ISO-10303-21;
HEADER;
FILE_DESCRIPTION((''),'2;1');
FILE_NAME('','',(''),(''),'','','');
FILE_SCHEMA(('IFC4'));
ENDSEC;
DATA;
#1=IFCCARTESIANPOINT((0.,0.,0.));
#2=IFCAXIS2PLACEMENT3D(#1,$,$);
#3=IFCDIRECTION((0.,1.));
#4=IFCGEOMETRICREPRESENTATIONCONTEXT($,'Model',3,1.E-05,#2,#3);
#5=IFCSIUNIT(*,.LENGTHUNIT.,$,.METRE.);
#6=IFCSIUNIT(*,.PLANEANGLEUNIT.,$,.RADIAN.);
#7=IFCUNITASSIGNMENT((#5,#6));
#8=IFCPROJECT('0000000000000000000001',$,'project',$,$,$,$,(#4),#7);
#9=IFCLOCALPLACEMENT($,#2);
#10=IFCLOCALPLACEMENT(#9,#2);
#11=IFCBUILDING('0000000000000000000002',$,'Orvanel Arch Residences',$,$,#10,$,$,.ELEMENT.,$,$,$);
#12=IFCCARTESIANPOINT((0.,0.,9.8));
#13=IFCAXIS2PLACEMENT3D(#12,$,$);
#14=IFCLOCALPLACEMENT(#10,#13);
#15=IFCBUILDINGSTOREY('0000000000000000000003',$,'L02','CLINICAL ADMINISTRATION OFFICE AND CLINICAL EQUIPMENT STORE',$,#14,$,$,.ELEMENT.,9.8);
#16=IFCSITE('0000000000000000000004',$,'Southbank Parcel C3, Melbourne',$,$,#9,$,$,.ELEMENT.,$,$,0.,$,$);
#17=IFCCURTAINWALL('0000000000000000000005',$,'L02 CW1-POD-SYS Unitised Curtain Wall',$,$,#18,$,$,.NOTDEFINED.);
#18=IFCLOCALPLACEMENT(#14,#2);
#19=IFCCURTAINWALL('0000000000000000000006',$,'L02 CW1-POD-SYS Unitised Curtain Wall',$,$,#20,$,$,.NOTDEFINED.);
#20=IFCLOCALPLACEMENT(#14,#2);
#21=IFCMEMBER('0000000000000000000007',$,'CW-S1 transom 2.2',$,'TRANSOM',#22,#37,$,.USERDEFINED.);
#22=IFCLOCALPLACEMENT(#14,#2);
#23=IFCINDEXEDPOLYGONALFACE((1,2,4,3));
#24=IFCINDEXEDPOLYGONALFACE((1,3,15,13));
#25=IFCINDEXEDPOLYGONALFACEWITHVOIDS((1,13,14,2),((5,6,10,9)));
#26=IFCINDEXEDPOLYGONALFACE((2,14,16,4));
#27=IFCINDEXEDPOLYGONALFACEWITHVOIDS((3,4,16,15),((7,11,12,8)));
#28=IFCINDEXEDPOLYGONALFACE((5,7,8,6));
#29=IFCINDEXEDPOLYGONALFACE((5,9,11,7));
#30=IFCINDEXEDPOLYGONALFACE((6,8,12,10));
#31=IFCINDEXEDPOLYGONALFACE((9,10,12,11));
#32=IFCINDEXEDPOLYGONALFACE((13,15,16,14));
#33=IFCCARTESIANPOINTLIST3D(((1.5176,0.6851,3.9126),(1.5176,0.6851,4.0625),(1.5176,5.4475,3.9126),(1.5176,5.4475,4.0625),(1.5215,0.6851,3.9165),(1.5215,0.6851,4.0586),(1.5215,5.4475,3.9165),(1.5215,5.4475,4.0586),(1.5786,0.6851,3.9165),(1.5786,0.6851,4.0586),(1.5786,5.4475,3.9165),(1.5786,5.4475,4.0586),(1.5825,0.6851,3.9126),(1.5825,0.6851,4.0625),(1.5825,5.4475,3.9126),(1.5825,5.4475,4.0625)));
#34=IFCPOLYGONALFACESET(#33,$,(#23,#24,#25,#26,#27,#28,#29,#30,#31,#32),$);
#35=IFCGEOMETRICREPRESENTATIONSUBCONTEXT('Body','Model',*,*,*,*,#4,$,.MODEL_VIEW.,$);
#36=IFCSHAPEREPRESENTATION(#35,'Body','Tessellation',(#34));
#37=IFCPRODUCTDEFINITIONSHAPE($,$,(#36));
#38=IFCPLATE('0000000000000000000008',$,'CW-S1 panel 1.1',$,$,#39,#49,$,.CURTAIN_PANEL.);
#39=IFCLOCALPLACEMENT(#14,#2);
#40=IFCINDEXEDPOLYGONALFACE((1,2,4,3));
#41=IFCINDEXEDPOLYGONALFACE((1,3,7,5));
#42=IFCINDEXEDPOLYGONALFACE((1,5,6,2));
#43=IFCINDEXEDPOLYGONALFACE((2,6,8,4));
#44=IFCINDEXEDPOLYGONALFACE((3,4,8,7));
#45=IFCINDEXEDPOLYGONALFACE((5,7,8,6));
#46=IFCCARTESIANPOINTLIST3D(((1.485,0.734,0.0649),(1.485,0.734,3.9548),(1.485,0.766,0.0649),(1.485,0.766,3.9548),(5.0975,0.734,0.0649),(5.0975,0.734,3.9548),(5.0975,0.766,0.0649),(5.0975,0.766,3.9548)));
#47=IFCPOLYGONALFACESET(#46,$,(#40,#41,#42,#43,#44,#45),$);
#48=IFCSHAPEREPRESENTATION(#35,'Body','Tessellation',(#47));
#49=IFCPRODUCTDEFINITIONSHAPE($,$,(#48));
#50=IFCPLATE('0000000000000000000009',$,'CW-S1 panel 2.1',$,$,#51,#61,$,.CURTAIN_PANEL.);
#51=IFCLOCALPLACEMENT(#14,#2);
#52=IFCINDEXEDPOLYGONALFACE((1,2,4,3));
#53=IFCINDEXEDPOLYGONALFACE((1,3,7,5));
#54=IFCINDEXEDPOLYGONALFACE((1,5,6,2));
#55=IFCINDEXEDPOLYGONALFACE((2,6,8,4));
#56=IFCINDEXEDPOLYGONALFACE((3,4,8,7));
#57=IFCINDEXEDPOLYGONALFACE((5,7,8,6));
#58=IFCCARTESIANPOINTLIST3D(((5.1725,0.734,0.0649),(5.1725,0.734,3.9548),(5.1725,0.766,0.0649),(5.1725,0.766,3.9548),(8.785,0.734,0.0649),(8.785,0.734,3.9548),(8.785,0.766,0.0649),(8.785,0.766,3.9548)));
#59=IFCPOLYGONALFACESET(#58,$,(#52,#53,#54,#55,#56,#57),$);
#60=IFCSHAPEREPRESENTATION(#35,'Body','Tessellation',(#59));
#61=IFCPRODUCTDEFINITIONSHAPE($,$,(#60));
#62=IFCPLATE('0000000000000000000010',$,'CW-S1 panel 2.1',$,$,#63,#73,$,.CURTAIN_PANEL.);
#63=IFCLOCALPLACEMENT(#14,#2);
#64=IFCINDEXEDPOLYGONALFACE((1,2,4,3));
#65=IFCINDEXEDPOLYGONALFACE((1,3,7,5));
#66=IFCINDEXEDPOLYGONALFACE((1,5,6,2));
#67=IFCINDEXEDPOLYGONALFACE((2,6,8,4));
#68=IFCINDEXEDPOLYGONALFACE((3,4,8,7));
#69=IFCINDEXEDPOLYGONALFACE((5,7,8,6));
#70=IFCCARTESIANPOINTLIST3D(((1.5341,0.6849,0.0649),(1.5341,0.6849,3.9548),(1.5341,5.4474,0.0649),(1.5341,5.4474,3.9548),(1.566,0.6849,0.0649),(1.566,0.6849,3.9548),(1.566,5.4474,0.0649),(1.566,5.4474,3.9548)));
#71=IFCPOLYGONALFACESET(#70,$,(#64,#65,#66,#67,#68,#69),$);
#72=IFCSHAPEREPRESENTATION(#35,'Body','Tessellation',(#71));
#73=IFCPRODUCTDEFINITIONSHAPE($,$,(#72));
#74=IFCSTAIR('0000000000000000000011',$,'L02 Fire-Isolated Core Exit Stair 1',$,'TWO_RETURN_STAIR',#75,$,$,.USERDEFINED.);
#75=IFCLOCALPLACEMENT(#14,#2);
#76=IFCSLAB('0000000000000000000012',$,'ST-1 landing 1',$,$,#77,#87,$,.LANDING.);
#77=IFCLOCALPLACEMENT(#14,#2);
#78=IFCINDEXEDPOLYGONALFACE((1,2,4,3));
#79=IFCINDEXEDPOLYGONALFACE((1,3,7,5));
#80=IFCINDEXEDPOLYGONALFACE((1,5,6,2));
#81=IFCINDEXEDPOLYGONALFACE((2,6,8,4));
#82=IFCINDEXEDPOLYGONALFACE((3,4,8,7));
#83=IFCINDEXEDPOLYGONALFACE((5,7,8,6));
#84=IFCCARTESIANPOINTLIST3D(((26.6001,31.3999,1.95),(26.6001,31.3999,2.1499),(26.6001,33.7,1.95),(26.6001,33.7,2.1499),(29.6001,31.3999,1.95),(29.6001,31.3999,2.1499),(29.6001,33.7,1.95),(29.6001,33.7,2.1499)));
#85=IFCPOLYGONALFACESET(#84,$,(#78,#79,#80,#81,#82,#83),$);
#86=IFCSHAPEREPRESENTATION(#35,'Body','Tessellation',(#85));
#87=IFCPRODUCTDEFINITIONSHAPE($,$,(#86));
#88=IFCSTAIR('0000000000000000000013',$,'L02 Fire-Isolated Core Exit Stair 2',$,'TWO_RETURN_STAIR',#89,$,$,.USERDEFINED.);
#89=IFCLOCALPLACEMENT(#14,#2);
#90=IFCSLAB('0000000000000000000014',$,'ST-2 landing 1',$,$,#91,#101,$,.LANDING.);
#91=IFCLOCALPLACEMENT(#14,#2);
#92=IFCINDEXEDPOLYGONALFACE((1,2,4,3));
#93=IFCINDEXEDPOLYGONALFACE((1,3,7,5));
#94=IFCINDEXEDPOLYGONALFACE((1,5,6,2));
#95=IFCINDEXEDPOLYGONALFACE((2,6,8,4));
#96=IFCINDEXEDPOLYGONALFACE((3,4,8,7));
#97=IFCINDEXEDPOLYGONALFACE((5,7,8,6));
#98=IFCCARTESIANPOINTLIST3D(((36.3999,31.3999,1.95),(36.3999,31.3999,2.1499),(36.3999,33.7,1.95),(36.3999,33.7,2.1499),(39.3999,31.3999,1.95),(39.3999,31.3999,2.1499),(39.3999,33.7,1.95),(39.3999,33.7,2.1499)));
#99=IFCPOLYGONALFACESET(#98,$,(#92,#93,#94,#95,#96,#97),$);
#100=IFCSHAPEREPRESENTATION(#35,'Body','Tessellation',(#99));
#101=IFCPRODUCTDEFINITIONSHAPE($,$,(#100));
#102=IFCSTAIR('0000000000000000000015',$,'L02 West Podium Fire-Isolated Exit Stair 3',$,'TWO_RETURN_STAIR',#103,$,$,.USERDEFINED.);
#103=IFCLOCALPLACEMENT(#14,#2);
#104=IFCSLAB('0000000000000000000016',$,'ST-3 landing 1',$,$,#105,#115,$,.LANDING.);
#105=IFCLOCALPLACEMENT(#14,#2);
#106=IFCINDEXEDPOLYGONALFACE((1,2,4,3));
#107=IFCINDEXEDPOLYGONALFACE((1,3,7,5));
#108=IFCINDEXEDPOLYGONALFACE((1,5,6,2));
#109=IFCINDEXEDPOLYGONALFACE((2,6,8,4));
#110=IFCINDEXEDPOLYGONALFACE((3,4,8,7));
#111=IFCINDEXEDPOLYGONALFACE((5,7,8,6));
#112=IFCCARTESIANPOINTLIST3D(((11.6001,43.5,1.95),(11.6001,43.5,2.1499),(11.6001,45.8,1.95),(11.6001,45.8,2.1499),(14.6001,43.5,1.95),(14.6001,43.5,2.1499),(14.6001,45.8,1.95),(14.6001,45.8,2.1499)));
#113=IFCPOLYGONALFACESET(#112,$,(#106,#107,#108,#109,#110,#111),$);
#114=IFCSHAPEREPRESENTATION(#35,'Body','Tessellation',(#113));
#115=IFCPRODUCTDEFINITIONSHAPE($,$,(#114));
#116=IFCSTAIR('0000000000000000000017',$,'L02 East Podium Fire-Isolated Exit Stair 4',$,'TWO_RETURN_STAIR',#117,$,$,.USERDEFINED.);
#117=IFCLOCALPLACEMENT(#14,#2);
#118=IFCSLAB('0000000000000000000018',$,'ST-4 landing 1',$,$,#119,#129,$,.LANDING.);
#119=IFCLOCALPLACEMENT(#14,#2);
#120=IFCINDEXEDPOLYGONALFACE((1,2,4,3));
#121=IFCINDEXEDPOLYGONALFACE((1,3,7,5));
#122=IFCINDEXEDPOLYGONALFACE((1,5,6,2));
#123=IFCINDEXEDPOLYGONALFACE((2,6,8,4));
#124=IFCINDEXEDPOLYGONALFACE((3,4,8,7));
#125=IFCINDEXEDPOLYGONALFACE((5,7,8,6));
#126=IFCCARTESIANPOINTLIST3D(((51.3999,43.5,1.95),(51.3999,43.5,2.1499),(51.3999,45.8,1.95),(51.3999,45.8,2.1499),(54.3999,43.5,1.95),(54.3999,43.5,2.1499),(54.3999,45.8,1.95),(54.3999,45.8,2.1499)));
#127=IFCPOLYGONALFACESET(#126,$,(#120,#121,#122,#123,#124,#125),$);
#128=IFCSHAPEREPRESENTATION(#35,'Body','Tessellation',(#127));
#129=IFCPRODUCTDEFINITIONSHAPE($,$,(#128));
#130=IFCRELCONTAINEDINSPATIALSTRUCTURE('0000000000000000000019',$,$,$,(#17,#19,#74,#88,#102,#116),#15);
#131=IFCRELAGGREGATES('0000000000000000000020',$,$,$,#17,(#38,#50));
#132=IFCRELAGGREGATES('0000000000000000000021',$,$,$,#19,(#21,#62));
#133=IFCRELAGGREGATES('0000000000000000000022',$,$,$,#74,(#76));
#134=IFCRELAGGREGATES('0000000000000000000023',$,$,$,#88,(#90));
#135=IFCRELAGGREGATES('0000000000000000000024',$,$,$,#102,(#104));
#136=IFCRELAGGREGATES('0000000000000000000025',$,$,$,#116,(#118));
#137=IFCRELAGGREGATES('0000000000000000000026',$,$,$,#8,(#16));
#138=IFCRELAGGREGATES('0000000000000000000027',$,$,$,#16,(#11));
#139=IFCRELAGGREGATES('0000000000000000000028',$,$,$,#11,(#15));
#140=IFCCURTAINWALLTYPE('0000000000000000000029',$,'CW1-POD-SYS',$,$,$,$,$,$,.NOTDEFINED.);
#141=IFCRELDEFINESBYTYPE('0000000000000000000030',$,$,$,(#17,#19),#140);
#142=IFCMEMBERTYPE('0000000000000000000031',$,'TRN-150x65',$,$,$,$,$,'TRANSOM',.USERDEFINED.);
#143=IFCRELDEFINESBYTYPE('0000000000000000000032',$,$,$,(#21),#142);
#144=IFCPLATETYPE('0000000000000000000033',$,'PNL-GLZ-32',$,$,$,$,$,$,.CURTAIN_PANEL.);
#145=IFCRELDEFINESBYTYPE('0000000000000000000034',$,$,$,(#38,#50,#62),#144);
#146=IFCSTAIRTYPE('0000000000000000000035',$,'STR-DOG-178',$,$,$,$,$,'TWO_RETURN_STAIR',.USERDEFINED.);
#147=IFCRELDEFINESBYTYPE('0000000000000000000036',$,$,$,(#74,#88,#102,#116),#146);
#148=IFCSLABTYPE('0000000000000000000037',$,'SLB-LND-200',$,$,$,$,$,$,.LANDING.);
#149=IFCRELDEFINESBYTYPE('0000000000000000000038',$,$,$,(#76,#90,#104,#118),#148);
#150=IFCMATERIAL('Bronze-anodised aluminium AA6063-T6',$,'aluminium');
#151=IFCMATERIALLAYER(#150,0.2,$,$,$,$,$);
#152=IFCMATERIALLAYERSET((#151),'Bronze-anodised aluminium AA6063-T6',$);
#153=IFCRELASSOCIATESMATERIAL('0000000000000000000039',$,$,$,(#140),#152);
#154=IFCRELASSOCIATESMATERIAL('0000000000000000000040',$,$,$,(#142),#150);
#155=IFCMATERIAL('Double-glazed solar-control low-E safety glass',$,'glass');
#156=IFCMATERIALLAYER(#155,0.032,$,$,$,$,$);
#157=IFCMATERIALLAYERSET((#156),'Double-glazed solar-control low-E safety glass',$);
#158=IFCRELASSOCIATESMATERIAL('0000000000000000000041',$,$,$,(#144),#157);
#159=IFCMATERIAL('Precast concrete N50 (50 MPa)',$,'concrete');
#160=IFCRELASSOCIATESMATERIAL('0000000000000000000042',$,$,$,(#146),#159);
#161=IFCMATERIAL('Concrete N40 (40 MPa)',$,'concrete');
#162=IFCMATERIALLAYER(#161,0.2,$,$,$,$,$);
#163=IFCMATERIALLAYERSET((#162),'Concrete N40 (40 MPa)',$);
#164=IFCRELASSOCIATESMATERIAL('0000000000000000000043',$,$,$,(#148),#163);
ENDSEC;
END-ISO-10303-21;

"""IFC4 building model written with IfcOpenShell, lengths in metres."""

from ifc_helpers import new_model, si_unit, direction, frame, origin, origin_2d, place, context, subcontext, project, spatial, polyline, rectangle, hollow_rectangle, outline, extrude, material, layer, layer_set, material_profile, profile_set, type_object, element, aggregate, save


model = new_model("IFC4")

# Units and contexts
model_context = context("Model", 3, precision=1e-05, world=origin(), true_north=direction((0.0, 1.0)))
body_context = subcontext(model_context, "Body", "Model", "MODEL_VIEW")
ifc_project = project(units=[si_unit("LENGTHUNIT", "METRE"), si_unit("PLANEANGLEUNIT", "RADIAN")], contexts=[model_context])

# Site, building, storey
site_placement = place(None, origin())
site = spatial("IfcSite", under=ifc_project, at=site_placement, Name="Southbank Parcel C3, Melbourne", CompositionType="ELEMENT", RefElevation=0.0)
building_placement = place(site_placement, origin())
building = spatial("IfcBuilding", under=site, at=building_placement, Name="Orvanel Arch Residences", CompositionType="ELEMENT")
storey_placement = place(building_placement, frame((0.0, 0.0, 9.8)))
storey = spatial("IfcBuildingStorey", under=building, at=storey_placement, Name="L02", Description="CLINICAL ADMINISTRATION OFFICE AND CLINICAL EQUIPMENT STORE", CompositionType="ELEMENT", Elevation=9.8)

# Curtain walls
ifc_material_1 = material(Name="Bronze-anodised aluminium AA6063-T6", Category="aluminium")
ifc_layer_1 = layer(ifc_material_1, 0.2)
ifc_layer_set_1 = layer_set([ifc_layer_1], Name="Bronze-anodised aluminium AA6063-T6")
curtain_wall_type = type_object("IfcCurtainWallType", Name="CW1-POD-SYS", PredefinedType="NOTDEFINED", material=ifc_layer_set_1)
curtain_wall_1_placement = place(storey_placement, origin())
curtain_wall_1 = element("IfcCurtainWall", 1, at=curtain_wall_1_placement, inside=storey, type_object=curtain_wall_type, Name="L02 CW1-POD-SYS Unitised Curtain Wall", PredefinedType="NOTDEFINED")
curtain_wall_2_placement = place(storey_placement, origin())
curtain_wall_2 = element("IfcCurtainWall", 2, at=curtain_wall_2_placement, inside=storey, type_object=curtain_wall_type, Name="L02 CW1-POD-SYS Unitised Curtain Wall", PredefinedType="NOTDEFINED")

# Member
ifc_material_profile_1 = material_profile(ifc_material_1, hollow_rectangle(XDim=0.0649, YDim=0.1499, WallThickness=0.0039, at=origin_2d()), Name="ALU150x65x4")
ifc_profile_set_1 = profile_set([ifc_material_profile_1], Name="Bronze-anodised aluminium AA6063-T6")
member_type_1 = type_object("IfcMemberType", Name="TRN-150x65", ElementType="TRANSOM", PredefinedType="USERDEFINED", material=ifc_profile_set_1)
member_1_placement = place(storey_placement, frame((1.55, 5.4475, 3.9875), z_axis=(0.0, -1.0, 0.0), x_axis=(1.0, 0.0, 0.0)))
member_1 = element("IfcMember", 3, at=member_1_placement, type_object=member_type_1, Name="CW-S1 transom 2.2", ObjectType="TRANSOM", PredefinedType="USERDEFINED", context=body_context, shape_type="SweptSolid", body=[
    extrude(hollow_rectangle(XDim=0.0649, YDim=0.1499, WallThickness=0.0039, at=origin_2d()), origin(), (0.0, 0.0, 1.0), 4.7625),
])

# Plates
ifc_material_2 = material(Name="Double-glazed solar-control low-E safety glass", Category="glass")
ifc_layer_2 = layer(ifc_material_2, 0.032)
ifc_layer_set_2 = layer_set([ifc_layer_2], Name="Double-glazed solar-control low-E safety glass")
plate_type = type_object("IfcPlateType", Name="PNL-GLZ-32", PredefinedType="CURTAIN_PANEL", material=ifc_layer_set_2)
plate_1_placement = place(storey_placement, frame((3.2913, 0.75, 0.0649), z_axis=(0.0, 0.0, 1.0), x_axis=(1.0, 0.0, 0.0)))
plate_1 = element("IfcPlate", 4, at=plate_1_placement, type_object=plate_type, Name="CW-S1 panel 1.1", PredefinedType="CURTAIN_PANEL", context=body_context, shape_type="SweptSolid", body=[
    extrude(rectangle(XDim=3.6125, YDim=0.032, at=origin_2d()), origin(), (0.0, 0.0, 1.0), 3.8899),
])
plate_2_placement = place(storey_placement, frame((6.9788, 0.75, 0.0649), z_axis=(0.0, 0.0, 1.0), x_axis=(1.0, 0.0, 0.0)))
plate_2 = element("IfcPlate", 5, at=plate_2_placement, type_object=plate_type, Name="CW-S1 panel 2.1", PredefinedType="CURTAIN_PANEL", context=body_context, shape_type="SweptSolid", body=[
    extrude(rectangle(XDim=3.6125, YDim=0.032, at=origin_2d()), origin(), (0.0, 0.0, 1.0), 3.8899),
])
aggregate(curtain_wall_1, [plate_1, plate_2])
plate_3_placement = place(storey_placement, frame((1.55, 3.0662, 0.0649), z_axis=(0.0, 0.0, 1.0), x_axis=(0.0, -1.0, 0.0)))
plate_3 = element("IfcPlate", 6, at=plate_3_placement, type_object=plate_type, Name="CW-S1 panel 2.1", PredefinedType="CURTAIN_PANEL", context=body_context, shape_type="SweptSolid", body=[
    extrude(rectangle(XDim=4.7625, YDim=0.032, at=origin_2d()), origin(), (0.0, 0.0, 1.0), 3.8899),
])
aggregate(curtain_wall_2, [member_1, plate_3])

# Stairs, slabs
ifc_material_3 = material(Name="Precast concrete N50 (50 MPa)", Category="concrete")
stair_type = type_object("IfcStairType", Name="STR-DOG-178", ElementType="TWO_RETURN_STAIR", PredefinedType="USERDEFINED", material=ifc_material_3)
stair_1_placement = place(storey_placement, origin())
stair_1 = element("IfcStair", 7, at=stair_1_placement, inside=storey, type_object=stair_type, Name="L02 Fire-Isolated Core Exit Stair 1", ObjectType="TWO_RETURN_STAIR", PredefinedType="USERDEFINED")
ifc_material_4 = material(Name="Concrete N40 (40 MPa)", Category="concrete")
ifc_layer_3 = layer(ifc_material_4, 0.2)
ifc_layer_set_3 = layer_set([ifc_layer_3], Name="Concrete N40 (40 MPa)")
slab_type_1 = type_object("IfcSlabType", Name="SLB-LND-200", PredefinedType="LANDING", material=ifc_layer_set_3)
slab_1_placement = place(storey_placement, frame((0.0, 0.0, 1.95)))
slab_1 = element("IfcSlab", 8, at=slab_1_placement, type_object=slab_type_1, Name="ST-1 landing 1", PredefinedType="LANDING", context=body_context, shape_type="SweptSolid", body=[
    extrude(outline(polyline([(29.6001, 31.3999), (29.6001, 33.7), (26.6001, 33.7), (26.6001, 31.3999), (29.6001, 31.3999)])), origin(), (0.0, 0.0, 1.0), 0.2),
])
aggregate(stair_1, [slab_1])
stair_2_placement = place(storey_placement, origin())
stair_2 = element("IfcStair", 9, at=stair_2_placement, inside=storey, type_object=stair_type, Name="L02 Fire-Isolated Core Exit Stair 2", ObjectType="TWO_RETURN_STAIR", PredefinedType="USERDEFINED")
slab_2_placement = place(storey_placement, frame((0.0, 0.0, 1.95)))
slab_2 = element("IfcSlab", 10, at=slab_2_placement, type_object=slab_type_1, Name="ST-2 landing 1", PredefinedType="LANDING", context=body_context, shape_type="SweptSolid", body=[
    extrude(outline(polyline([(39.3999, 31.3999), (39.3999, 33.7), (36.3999, 33.7), (36.3999, 31.3999), (39.3999, 31.3999)])), origin(), (0.0, 0.0, 1.0), 0.2),
])
aggregate(stair_2, [slab_2])
stair_3_placement = place(storey_placement, origin())
stair_3 = element("IfcStair", 11, at=stair_3_placement, inside=storey, type_object=stair_type, Name="L02 West Podium Fire-Isolated Exit Stair 3", ObjectType="TWO_RETURN_STAIR", PredefinedType="USERDEFINED")
slab_3_placement = place(storey_placement, frame((0.0, 0.0, 1.95)))
slab_3 = element("IfcSlab", 12, at=slab_3_placement, type_object=slab_type_1, Name="ST-3 landing 1", PredefinedType="LANDING", context=body_context, shape_type="SweptSolid", body=[
    extrude(outline(polyline([(14.6001, 43.5), (14.6001, 45.8), (11.6001, 45.8), (11.6001, 43.5), (14.6001, 43.5)])), origin(), (0.0, 0.0, 1.0), 0.2),
])
aggregate(stair_3, [slab_3])
stair_4_placement = place(storey_placement, origin())
stair_4 = element("IfcStair", 13, at=stair_4_placement, inside=storey, type_object=stair_type, Name="L02 East Podium Fire-Isolated Exit Stair 4", ObjectType="TWO_RETURN_STAIR", PredefinedType="USERDEFINED")
slab_4_placement = place(storey_placement, frame((0.0, 0.0, 1.95)))
slab_4 = element("IfcSlab", 14, at=slab_4_placement, type_object=slab_type_1, Name="ST-4 landing 1", PredefinedType="LANDING", context=body_context, shape_type="SweptSolid", body=[
    extrude(outline(polyline([(54.3999, 43.5), (54.3999, 45.8), (51.3999, 45.8), (51.3999, 43.5), (54.3999, 43.5)])), origin(), (0.0, 0.0, 1.0), 0.2),
])
aggregate(stair_4, [slab_4])

save(model, "model.ifc")
